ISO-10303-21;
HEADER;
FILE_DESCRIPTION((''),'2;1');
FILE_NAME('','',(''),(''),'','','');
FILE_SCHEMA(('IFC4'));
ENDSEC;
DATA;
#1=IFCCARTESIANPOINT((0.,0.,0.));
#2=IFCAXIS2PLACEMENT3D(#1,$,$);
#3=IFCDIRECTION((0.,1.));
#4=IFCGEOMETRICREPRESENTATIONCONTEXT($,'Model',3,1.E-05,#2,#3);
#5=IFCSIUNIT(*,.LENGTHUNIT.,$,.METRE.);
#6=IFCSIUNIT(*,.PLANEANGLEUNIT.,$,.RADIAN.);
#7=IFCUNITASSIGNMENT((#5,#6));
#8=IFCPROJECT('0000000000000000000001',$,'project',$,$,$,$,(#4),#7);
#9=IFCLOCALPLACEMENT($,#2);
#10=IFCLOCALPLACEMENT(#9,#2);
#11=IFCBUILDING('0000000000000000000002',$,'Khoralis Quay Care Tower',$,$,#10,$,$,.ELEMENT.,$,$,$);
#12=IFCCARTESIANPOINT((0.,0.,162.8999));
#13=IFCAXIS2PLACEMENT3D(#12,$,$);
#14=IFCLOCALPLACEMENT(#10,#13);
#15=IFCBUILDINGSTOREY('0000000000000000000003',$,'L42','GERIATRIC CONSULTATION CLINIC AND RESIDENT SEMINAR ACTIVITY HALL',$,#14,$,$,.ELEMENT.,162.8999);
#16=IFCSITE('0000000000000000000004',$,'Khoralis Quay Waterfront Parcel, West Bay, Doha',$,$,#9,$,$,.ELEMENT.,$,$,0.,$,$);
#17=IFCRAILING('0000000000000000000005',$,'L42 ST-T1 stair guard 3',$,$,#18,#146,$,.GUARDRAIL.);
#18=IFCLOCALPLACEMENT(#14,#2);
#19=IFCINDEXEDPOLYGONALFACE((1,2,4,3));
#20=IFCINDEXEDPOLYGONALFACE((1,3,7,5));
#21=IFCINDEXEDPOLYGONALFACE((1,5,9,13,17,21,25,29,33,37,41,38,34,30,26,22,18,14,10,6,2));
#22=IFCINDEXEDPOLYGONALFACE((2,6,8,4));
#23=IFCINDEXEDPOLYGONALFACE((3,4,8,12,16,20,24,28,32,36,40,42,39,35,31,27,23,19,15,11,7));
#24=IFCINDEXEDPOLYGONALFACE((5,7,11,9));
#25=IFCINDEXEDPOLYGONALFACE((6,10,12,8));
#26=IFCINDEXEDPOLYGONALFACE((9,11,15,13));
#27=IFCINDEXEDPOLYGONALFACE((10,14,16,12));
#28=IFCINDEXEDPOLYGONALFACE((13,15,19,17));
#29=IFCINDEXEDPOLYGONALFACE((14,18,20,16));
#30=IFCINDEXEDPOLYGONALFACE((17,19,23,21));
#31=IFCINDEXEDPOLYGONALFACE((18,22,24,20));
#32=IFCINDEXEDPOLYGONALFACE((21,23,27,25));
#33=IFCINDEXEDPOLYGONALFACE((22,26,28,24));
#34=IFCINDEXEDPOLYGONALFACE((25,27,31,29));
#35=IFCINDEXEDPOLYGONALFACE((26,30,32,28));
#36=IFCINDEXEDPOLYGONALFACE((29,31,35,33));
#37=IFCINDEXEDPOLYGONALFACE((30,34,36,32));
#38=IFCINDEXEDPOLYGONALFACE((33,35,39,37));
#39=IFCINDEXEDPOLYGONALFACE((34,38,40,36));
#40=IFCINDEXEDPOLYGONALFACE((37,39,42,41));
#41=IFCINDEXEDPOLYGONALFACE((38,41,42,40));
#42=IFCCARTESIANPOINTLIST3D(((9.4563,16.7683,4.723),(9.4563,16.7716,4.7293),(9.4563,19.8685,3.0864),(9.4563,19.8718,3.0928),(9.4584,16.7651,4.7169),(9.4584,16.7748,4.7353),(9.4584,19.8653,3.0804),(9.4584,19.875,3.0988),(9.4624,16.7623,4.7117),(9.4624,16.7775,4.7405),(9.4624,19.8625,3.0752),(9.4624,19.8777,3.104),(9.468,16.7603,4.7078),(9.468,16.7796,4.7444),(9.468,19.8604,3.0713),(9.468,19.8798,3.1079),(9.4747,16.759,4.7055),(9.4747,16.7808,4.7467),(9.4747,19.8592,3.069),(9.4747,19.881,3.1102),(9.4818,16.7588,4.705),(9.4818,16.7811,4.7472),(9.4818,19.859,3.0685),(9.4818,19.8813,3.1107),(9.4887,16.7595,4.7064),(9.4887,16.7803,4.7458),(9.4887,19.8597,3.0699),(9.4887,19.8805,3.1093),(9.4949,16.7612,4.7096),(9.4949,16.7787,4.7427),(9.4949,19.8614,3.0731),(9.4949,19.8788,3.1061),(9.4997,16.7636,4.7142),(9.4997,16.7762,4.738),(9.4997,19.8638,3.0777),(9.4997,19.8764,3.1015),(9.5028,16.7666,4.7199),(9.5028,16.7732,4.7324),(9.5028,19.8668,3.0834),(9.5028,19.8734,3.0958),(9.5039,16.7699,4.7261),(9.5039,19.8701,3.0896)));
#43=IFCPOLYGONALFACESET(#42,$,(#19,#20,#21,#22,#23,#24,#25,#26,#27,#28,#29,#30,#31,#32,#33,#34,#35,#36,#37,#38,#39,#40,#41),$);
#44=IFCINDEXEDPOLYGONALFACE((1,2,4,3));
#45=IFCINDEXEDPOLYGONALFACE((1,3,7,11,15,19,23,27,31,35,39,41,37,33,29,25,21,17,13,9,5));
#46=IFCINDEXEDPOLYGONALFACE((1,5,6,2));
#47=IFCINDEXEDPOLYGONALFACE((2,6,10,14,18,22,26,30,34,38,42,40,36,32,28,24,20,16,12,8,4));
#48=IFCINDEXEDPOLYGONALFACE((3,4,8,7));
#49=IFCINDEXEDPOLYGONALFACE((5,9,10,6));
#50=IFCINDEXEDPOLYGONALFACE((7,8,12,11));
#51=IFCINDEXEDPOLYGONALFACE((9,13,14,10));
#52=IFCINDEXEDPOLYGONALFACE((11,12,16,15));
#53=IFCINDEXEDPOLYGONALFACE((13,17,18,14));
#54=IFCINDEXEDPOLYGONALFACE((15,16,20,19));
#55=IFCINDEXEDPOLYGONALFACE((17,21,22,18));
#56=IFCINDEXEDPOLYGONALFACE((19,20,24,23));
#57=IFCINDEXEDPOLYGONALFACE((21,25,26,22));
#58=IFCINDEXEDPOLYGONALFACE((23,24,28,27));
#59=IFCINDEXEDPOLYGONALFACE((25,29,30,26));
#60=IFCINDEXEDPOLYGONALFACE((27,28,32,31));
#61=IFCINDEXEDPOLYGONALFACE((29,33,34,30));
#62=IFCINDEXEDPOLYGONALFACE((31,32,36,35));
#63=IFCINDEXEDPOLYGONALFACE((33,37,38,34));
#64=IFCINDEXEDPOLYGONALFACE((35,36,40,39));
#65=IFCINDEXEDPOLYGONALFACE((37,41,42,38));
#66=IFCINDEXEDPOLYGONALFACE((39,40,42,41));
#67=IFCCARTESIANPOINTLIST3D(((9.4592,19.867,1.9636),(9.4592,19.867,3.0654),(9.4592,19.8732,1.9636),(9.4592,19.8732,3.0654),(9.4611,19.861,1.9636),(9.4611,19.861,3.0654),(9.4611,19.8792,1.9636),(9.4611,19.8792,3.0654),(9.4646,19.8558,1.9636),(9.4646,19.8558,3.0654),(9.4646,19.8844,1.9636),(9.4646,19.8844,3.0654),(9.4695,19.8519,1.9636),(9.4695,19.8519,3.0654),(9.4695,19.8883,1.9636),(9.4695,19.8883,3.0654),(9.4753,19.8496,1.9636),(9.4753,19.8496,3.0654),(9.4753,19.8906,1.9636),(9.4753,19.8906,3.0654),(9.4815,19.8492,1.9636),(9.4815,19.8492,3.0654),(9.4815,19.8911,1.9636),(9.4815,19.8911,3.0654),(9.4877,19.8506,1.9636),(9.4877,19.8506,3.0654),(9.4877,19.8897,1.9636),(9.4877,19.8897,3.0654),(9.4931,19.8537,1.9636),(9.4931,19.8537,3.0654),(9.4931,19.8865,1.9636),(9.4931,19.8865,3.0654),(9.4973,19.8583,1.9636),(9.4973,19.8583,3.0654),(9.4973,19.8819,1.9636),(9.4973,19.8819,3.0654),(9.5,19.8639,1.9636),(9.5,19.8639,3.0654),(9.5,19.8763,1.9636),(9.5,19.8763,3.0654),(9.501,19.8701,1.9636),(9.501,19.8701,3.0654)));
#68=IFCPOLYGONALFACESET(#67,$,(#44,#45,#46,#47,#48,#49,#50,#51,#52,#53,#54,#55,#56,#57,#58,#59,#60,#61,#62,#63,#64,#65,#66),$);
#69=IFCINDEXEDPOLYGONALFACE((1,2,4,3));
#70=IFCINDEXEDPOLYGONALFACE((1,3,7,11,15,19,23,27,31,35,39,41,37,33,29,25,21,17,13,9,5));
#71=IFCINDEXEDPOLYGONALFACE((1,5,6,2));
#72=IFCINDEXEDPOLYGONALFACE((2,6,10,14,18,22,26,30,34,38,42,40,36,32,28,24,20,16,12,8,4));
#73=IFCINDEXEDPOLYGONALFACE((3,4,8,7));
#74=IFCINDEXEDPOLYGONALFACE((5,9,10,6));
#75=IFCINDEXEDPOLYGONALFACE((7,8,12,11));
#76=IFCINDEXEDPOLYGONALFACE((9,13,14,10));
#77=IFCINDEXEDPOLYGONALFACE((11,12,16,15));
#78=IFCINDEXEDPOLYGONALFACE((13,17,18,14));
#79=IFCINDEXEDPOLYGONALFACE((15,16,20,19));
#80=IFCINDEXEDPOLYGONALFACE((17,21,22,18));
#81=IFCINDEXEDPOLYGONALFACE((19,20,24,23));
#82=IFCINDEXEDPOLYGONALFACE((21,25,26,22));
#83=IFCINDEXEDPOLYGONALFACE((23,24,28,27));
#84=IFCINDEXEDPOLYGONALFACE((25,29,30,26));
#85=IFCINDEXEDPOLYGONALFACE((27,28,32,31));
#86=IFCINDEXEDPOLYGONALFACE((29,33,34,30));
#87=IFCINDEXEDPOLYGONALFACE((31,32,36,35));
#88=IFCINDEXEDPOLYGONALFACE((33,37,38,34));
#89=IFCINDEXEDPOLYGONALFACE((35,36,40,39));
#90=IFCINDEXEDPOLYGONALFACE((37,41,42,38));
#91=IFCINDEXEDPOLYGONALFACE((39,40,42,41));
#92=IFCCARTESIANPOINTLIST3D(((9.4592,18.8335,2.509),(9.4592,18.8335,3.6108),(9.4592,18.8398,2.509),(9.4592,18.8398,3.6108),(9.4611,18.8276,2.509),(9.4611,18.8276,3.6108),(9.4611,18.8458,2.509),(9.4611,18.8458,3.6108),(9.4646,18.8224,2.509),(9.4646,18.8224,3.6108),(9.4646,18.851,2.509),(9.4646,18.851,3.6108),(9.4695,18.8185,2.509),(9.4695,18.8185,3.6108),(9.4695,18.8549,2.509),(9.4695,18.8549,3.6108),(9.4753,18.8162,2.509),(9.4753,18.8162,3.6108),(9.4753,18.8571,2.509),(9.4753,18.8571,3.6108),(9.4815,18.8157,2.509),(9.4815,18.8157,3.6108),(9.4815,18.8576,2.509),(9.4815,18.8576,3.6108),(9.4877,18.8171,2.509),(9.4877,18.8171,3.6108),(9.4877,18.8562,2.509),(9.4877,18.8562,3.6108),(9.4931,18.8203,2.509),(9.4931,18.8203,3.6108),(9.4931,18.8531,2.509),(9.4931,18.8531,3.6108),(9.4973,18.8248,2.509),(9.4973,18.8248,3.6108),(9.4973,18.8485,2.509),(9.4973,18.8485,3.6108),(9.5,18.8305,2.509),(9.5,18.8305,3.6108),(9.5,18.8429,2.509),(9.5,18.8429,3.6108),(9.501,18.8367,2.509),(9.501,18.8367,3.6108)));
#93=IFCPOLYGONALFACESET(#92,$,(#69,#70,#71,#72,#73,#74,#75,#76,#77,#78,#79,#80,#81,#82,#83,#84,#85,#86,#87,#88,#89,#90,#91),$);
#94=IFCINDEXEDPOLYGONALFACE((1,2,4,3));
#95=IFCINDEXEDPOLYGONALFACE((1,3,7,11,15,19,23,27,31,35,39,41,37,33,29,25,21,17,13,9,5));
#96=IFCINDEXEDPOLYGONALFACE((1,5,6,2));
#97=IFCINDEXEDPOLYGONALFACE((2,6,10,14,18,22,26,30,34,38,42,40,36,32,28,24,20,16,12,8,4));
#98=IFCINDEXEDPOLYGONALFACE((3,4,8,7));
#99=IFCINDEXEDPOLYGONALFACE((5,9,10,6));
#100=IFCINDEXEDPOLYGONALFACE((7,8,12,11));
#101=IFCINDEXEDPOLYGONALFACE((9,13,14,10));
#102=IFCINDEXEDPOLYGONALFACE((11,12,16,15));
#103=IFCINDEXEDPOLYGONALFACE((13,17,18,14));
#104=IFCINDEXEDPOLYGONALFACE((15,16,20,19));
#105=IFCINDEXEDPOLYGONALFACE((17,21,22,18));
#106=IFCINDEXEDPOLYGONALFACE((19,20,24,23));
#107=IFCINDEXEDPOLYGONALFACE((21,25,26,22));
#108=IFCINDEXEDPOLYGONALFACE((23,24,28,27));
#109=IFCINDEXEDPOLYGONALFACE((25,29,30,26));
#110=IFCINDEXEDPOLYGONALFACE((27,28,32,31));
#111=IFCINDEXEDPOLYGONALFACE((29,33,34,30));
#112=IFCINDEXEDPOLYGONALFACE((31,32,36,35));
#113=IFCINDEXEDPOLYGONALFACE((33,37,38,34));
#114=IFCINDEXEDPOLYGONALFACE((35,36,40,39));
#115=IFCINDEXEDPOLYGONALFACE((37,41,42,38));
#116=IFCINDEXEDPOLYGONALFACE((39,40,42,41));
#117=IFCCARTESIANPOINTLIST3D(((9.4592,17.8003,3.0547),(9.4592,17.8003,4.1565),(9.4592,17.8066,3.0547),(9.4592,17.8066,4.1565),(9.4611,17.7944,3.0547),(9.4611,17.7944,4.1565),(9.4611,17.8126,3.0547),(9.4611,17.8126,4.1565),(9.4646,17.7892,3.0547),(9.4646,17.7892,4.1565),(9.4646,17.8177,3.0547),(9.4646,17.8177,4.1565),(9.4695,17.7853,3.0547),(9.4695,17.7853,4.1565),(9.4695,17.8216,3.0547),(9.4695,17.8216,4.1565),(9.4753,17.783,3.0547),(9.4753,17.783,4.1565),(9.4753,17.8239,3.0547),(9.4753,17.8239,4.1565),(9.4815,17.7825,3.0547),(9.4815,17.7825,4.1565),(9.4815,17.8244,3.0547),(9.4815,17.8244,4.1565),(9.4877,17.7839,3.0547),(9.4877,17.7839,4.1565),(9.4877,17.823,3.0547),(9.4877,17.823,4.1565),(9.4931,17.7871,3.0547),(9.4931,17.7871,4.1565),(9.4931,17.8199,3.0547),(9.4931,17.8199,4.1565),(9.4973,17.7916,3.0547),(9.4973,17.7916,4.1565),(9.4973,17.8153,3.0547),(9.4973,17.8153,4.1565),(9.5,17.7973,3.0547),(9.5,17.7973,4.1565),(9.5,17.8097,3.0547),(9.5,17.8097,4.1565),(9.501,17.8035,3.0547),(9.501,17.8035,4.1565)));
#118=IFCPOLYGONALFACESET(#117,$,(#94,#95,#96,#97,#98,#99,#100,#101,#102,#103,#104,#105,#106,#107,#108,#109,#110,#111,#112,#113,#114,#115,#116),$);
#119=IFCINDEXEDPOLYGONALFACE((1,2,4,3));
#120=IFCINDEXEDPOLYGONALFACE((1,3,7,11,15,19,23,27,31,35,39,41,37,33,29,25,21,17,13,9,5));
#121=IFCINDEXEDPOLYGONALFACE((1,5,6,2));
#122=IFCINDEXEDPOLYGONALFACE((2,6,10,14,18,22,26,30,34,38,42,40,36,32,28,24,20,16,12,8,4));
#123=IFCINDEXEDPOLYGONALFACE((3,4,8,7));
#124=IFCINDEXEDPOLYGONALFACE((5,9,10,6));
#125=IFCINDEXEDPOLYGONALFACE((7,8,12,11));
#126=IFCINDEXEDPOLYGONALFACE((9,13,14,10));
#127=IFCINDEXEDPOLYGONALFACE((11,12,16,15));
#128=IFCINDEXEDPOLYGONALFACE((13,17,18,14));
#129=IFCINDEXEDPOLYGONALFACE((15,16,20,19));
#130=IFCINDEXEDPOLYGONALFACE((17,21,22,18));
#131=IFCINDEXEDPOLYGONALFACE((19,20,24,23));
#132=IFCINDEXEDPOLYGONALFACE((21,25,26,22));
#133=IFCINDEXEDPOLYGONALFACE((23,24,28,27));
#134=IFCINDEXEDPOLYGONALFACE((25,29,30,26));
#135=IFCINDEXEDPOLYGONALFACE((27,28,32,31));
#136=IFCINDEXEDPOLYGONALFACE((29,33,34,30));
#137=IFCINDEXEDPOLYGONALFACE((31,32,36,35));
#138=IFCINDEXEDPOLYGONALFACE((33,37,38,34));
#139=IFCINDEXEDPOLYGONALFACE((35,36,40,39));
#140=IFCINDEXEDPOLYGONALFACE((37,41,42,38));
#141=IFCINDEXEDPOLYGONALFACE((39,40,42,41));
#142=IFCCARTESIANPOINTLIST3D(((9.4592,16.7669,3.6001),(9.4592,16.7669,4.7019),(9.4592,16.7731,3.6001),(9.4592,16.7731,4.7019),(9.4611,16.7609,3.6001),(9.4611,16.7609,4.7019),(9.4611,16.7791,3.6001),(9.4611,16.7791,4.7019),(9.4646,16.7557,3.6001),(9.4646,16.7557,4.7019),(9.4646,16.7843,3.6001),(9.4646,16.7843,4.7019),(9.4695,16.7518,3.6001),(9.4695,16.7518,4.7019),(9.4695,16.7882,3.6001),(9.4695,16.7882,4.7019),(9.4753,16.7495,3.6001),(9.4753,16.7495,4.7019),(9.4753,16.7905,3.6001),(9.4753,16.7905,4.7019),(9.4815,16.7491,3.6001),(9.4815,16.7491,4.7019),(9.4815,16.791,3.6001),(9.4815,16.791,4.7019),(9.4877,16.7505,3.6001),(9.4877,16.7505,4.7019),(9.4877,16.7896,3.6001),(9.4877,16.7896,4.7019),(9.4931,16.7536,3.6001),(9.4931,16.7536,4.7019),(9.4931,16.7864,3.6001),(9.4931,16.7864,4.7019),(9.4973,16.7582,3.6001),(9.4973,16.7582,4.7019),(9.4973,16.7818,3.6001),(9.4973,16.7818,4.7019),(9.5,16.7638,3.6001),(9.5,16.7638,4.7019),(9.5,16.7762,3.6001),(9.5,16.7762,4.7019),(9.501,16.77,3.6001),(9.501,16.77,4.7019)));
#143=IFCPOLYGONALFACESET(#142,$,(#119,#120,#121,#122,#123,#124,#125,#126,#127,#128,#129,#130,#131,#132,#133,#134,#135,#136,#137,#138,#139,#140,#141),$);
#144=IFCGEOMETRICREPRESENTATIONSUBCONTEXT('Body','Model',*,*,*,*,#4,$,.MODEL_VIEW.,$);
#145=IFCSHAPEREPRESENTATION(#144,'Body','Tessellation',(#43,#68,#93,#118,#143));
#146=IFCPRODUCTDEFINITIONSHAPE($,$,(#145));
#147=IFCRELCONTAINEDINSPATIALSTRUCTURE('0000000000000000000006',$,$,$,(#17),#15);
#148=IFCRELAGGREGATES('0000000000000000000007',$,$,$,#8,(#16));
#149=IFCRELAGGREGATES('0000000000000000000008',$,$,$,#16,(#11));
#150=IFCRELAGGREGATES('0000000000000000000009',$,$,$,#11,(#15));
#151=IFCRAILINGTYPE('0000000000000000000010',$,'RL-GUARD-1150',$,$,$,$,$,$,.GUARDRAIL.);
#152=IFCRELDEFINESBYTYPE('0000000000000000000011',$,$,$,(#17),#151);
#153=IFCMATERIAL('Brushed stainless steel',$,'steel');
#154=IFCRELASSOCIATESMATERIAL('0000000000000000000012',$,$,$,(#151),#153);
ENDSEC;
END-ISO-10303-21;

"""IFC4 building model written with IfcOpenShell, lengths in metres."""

from ifc_helpers import new_model, si_unit, direction, frame, origin, origin_2d, place, context, subcontext, project, spatial, circle, extrude, material, type_object, element, save


model = new_model("IFC4")

# Units and contexts
model_context = context("Model", 3, precision=1e-05, world=origin(), true_north=direction((0.0, 1.0)))
body_context = subcontext(model_context, "Body", "Model", "MODEL_VIEW")
ifc_project = project(units=[si_unit("LENGTHUNIT", "METRE"), si_unit("PLANEANGLEUNIT", "RADIAN")], contexts=[model_context])

# Site, building, storey
site_placement = place(None, origin())
site = spatial("IfcSite", under=ifc_project, at=site_placement, Name="Khoralis Quay Waterfront Parcel, West Bay, Doha", CompositionType="ELEMENT", RefElevation=0.0)
building_placement = place(site_placement, origin())
building = spatial("IfcBuilding", under=site, at=building_placement, Name="Khoralis Quay Care Tower", CompositionType="ELEMENT")
storey_placement = place(building_placement, frame((0.0, 0.0, 162.8999)))
storey = spatial("IfcBuildingStorey", under=building, at=storey_placement, Name="L42", Description="GERIATRIC CONSULTATION CLINIC AND RESIDENT SEMINAR ACTIVITY HALL", CompositionType="ELEMENT", Elevation=162.8999)

# Railing
ifc_material_1 = material(Name="Brushed stainless steel", Category="steel")
railing_type_1 = type_object("IfcRailingType", Name="RL-GUARD-1150", PredefinedType="GUARDRAIL", material=ifc_material_1)
railing_1_placement = place(storey_placement, frame((9.48, 19.8701, 1.9636)))
element("IfcRailing", 1, at=railing_1_placement, inside=storey, type_object=railing_type_1, Name="L42 ST-T1 stair guard 3", PredefinedType="GUARDRAIL", context=body_context, shape_type="SweptSolid", body=[
    extrude(circle(Radius=0.0239, at=origin_2d()), frame((0.0, 0.0, 1.126), z_axis=(0.0, -0.884348, 0.466828), x_axis=(1.0, 0.0, 0.0)), (0.0, 0.0, 1.0), 3.5056),
    extrude(circle(Radius=0.021, at=origin_2d()), origin(), (0.0, 0.0, 1.0), 1.1018),
    extrude(circle(Radius=0.021, at=origin_2d()), frame((0.0, -1.0334, 0.5454)), (0.0, 0.0, 1.0), 1.1018),
    extrude(circle(Radius=0.021, at=origin_2d()), frame((0.0, -2.0667, 1.0911)), (0.0, 0.0, 1.0), 1.1018),
    extrude(circle(Radius=0.021, at=origin_2d()), frame((0.0, -3.1001, 1.6365)), (0.0, 0.0, 1.0), 1.1018),
])

save(model, "model.ifc")
